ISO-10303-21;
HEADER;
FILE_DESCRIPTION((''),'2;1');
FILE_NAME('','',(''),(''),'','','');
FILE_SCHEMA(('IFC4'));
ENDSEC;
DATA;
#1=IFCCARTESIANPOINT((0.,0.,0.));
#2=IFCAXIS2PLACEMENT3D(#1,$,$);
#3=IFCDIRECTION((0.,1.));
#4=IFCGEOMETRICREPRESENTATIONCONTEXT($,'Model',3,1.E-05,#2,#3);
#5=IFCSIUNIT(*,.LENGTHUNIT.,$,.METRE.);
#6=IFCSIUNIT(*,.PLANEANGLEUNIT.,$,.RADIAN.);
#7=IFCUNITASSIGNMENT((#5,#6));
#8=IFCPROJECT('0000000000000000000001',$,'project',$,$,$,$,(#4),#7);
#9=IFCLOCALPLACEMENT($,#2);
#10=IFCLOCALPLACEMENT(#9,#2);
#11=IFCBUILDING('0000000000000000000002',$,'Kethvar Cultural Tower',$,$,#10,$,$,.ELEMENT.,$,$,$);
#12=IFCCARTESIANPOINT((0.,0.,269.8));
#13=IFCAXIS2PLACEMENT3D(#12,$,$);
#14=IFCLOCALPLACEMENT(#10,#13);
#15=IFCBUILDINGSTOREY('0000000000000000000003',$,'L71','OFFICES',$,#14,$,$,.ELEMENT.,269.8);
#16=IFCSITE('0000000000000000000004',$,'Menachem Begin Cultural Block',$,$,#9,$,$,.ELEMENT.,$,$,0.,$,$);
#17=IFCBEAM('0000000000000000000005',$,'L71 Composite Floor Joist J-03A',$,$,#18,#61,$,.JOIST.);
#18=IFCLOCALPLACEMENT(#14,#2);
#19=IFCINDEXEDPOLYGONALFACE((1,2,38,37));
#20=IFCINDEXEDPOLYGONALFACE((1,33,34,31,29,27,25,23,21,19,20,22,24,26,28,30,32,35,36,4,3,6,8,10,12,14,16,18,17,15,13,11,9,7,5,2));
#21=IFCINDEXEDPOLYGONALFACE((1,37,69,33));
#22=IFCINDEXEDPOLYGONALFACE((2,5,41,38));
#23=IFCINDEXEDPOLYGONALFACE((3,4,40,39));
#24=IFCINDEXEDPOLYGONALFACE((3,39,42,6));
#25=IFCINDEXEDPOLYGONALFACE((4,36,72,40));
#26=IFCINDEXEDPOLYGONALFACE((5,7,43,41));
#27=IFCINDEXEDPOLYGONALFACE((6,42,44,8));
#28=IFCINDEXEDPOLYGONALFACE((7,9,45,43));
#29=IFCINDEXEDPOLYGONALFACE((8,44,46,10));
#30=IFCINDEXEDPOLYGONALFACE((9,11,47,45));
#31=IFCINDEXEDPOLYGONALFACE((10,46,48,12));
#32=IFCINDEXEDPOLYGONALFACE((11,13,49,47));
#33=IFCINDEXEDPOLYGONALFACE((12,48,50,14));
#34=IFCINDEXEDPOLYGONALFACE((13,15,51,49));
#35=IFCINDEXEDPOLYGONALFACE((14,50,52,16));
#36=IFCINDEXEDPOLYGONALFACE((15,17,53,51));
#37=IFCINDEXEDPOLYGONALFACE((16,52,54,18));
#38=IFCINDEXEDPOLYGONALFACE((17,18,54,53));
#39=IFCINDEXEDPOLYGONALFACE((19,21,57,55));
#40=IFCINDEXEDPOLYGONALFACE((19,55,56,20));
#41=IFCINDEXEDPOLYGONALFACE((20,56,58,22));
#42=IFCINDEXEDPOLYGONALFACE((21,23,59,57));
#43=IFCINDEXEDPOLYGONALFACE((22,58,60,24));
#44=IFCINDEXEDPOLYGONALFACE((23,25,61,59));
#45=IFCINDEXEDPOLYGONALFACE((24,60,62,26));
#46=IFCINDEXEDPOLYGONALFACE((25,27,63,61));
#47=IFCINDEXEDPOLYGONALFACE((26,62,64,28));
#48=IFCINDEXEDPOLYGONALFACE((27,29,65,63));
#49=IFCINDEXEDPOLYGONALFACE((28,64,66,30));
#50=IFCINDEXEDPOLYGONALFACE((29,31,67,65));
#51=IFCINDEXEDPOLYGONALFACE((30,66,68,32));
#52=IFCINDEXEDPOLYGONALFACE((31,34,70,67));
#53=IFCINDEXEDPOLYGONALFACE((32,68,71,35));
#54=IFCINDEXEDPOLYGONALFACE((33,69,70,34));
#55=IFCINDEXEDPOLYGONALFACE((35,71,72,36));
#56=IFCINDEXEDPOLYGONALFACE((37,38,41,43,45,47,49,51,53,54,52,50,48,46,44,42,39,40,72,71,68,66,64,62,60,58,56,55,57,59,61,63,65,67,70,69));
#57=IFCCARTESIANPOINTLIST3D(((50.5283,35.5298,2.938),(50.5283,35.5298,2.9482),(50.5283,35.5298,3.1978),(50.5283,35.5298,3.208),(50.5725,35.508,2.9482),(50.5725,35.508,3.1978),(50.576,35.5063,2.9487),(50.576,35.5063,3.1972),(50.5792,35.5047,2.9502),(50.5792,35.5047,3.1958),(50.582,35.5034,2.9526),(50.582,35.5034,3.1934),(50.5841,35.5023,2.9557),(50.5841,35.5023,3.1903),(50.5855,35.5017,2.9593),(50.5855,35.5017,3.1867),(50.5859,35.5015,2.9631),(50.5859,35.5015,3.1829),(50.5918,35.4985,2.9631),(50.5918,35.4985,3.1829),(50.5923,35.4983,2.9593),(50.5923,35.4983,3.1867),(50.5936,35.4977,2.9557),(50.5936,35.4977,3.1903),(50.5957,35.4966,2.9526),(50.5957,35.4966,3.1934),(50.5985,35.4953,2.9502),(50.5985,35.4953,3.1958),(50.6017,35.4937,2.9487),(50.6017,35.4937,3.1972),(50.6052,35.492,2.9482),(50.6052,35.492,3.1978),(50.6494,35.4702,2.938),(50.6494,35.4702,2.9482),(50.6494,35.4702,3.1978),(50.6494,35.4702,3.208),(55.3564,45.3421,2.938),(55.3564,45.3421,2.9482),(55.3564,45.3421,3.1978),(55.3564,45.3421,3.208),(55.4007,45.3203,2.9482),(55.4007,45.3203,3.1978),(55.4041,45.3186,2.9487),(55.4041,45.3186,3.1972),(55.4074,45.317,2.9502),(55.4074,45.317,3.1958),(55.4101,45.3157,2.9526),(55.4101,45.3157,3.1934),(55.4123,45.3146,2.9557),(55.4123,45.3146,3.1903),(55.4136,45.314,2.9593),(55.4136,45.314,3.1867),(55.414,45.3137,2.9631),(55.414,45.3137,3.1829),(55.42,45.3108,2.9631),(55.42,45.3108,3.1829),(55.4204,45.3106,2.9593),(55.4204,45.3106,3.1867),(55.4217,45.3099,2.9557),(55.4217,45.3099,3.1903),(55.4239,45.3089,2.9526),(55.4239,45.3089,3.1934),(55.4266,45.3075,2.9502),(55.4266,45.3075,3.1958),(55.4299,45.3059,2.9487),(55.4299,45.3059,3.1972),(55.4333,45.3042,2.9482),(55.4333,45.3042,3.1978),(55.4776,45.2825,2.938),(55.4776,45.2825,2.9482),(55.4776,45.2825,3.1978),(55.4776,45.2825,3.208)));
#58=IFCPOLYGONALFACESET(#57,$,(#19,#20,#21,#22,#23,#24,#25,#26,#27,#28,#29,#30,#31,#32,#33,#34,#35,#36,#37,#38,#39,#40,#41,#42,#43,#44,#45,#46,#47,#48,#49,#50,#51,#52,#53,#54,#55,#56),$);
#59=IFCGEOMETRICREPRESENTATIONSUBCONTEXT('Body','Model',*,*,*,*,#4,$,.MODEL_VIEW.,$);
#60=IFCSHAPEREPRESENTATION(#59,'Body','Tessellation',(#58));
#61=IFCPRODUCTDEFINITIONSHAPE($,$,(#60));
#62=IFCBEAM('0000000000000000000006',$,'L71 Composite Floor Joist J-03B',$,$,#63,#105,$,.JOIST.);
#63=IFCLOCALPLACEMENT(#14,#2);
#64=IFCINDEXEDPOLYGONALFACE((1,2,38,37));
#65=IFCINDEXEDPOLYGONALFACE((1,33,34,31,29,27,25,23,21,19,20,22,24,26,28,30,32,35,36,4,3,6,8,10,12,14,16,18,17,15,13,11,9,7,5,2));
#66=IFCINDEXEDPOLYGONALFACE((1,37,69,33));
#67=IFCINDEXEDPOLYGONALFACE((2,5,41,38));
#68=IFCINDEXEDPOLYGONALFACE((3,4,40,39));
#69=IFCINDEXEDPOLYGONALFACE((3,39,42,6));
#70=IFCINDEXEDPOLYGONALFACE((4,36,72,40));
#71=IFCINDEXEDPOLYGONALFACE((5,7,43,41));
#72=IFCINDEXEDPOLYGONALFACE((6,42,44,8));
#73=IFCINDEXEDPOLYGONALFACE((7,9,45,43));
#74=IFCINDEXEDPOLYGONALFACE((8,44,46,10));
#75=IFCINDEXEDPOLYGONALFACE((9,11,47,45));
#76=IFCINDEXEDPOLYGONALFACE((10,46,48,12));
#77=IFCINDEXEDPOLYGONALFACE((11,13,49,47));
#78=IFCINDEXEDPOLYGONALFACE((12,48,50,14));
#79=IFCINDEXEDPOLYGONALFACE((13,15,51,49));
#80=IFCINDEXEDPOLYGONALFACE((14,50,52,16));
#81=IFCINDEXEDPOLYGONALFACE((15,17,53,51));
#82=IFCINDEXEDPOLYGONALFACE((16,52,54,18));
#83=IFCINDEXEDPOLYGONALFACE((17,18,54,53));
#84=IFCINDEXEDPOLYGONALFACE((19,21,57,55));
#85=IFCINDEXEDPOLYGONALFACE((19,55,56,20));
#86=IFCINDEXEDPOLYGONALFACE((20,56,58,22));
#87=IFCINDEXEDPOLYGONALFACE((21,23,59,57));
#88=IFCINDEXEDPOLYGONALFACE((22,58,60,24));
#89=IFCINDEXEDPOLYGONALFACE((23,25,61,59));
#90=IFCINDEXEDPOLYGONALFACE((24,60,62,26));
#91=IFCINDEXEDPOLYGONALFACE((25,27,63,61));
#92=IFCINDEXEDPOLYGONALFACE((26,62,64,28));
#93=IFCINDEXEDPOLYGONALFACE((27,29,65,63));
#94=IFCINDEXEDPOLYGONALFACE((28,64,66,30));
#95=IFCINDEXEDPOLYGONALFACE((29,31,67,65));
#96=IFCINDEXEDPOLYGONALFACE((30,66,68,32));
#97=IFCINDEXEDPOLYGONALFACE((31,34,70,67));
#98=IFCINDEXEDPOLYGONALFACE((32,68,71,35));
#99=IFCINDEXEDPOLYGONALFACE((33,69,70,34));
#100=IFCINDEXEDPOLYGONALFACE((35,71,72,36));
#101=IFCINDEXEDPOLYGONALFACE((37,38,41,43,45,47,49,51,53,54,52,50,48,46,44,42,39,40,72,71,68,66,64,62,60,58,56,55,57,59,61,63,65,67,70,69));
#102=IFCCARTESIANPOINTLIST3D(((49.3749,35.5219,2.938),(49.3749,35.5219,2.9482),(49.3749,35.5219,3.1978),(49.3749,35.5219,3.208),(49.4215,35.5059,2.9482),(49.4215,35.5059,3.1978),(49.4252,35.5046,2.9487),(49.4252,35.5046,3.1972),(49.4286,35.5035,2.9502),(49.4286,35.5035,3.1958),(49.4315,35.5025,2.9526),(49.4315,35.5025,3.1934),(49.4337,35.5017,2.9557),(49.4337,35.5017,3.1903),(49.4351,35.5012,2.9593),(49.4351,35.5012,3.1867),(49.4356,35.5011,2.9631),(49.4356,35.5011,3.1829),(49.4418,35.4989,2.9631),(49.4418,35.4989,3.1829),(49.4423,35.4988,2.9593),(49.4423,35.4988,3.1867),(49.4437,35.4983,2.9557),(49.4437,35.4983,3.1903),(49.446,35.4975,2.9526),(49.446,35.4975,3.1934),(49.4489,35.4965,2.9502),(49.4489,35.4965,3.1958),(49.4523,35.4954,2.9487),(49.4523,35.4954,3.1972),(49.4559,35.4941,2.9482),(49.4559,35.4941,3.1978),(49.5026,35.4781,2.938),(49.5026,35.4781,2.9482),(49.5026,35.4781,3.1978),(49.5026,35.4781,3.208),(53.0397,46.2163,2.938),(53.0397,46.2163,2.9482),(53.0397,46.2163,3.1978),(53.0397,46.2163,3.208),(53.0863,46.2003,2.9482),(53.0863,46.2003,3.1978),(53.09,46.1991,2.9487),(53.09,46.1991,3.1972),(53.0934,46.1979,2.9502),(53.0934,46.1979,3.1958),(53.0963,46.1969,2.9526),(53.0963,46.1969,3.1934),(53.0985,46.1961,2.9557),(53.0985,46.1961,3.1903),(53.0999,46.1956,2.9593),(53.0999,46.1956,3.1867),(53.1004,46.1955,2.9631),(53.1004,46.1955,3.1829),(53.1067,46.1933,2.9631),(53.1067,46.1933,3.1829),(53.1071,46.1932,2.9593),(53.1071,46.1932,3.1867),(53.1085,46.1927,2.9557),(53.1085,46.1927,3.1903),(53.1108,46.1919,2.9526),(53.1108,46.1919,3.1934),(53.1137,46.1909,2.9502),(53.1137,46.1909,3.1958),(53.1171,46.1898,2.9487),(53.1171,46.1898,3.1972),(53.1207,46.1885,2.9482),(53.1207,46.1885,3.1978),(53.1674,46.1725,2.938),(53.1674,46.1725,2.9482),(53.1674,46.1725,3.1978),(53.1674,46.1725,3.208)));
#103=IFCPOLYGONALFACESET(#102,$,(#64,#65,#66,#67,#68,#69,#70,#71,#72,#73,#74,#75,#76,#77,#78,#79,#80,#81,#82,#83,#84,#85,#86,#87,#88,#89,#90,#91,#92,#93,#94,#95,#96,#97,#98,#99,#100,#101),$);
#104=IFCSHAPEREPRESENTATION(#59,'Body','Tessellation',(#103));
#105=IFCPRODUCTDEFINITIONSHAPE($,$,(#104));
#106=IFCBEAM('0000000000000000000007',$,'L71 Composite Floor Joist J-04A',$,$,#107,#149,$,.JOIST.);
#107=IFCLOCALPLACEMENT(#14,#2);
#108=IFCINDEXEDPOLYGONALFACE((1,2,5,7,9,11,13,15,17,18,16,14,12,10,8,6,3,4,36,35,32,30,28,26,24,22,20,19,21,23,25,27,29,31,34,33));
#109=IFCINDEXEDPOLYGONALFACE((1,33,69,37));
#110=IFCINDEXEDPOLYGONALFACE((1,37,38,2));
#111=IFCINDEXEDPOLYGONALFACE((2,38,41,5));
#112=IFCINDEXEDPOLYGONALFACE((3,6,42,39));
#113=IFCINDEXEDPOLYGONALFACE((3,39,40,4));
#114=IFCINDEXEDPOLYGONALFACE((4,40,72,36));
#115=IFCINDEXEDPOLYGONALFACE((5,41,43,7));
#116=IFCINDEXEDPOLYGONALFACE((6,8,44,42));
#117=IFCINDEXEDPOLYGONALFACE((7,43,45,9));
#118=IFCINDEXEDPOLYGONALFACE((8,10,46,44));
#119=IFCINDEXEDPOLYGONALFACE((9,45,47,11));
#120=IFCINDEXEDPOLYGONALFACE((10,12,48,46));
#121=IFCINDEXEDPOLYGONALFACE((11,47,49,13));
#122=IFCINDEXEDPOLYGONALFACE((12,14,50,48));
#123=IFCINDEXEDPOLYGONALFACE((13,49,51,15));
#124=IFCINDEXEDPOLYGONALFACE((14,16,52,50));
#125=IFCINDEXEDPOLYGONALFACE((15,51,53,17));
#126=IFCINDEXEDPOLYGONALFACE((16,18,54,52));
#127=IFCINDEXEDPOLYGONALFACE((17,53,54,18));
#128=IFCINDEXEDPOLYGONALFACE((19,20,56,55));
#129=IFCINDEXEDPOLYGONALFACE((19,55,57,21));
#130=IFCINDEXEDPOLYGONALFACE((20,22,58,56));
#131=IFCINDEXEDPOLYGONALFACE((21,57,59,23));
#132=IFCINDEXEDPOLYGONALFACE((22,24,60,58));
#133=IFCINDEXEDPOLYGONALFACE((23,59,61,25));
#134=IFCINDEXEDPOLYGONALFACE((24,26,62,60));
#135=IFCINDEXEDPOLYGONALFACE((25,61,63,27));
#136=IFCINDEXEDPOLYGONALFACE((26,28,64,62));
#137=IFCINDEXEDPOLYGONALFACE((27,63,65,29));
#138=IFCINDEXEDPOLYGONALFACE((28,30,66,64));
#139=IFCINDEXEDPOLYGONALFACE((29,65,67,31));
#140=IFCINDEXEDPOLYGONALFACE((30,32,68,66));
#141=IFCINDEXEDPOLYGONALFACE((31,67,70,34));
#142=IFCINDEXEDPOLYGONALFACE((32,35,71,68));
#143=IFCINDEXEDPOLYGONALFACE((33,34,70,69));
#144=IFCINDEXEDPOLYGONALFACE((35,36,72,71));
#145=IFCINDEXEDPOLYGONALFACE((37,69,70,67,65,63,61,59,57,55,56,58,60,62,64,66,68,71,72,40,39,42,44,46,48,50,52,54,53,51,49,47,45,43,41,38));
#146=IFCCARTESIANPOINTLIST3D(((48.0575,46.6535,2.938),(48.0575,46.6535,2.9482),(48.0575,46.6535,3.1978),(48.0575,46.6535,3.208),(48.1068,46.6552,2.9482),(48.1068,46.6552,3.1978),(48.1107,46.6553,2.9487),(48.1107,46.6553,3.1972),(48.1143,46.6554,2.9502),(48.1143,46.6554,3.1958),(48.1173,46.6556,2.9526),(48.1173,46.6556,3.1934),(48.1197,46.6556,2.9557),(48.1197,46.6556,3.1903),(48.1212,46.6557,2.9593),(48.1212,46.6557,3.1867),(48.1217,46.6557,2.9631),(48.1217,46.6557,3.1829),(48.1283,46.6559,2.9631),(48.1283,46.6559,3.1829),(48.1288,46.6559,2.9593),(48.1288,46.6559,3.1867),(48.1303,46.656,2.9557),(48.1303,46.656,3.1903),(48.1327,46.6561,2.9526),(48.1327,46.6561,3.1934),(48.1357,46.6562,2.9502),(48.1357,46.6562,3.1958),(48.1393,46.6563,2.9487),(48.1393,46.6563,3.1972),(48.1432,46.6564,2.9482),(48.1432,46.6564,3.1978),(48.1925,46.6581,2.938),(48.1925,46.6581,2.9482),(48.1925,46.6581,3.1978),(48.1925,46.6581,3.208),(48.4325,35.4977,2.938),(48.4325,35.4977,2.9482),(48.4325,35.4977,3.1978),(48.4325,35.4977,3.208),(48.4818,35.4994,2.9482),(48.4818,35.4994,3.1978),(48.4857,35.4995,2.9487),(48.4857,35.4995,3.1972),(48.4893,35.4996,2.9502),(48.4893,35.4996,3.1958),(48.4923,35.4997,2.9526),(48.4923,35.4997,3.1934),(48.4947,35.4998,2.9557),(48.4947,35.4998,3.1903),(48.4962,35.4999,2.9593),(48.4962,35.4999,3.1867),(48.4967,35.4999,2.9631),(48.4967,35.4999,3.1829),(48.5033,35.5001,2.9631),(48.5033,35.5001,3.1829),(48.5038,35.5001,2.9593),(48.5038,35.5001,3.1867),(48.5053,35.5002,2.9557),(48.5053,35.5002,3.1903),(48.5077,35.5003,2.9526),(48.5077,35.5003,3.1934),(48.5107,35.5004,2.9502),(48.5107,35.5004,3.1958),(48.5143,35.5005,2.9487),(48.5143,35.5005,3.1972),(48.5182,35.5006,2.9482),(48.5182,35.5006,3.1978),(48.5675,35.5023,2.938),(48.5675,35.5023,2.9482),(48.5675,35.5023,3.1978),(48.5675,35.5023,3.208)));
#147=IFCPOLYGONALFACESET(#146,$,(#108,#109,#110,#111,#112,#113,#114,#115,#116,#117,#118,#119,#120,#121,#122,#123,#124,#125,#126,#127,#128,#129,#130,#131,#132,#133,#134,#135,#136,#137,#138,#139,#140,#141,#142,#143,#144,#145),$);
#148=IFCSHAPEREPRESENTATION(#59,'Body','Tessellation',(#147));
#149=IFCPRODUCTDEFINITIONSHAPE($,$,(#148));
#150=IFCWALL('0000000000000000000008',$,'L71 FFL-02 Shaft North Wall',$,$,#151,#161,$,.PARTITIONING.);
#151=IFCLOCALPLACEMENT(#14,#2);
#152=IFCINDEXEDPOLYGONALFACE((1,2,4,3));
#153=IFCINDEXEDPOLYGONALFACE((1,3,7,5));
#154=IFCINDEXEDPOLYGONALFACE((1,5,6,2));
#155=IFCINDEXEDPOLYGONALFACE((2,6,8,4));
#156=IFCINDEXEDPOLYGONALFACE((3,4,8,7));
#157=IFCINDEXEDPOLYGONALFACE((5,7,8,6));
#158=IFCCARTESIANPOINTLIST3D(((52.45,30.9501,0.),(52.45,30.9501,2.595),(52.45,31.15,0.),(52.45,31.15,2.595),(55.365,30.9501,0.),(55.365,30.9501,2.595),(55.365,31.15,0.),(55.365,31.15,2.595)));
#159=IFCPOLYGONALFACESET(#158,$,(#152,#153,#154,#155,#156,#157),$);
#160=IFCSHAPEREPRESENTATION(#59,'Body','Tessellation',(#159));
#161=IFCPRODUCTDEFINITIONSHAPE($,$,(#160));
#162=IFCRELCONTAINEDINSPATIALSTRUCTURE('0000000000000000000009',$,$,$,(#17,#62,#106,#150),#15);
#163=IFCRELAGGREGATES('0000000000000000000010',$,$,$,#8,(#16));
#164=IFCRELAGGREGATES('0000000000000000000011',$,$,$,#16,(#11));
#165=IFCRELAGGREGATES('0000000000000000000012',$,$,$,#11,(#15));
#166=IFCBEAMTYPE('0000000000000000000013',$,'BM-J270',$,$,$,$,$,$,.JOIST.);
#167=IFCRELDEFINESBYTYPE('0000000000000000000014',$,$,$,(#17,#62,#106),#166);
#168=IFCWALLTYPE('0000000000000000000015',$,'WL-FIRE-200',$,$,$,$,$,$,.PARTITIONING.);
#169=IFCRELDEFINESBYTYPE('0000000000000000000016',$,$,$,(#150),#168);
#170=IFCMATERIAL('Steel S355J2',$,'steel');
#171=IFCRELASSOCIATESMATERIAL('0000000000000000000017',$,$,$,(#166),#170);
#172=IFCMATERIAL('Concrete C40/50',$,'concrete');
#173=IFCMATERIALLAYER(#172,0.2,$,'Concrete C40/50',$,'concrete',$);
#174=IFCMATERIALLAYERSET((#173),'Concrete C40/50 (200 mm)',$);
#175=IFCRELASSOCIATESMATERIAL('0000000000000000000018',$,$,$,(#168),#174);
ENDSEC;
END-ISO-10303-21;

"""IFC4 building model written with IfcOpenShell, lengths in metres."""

from ifc_helpers import new_model, si_unit, direction, frame, frame_2d, origin, origin_2d, place, context, subcontext, project, spatial, rectangle, i_section, extrude, source, transform, mapped, material, layer, layer_set, material_profile, profile_set, type_object, element, save


model = new_model("IFC4")

# Units and contexts
model_context = context("Model", 3, precision=1e-05, world=origin(), true_north=direction((0.0, 1.0)))
body_context = subcontext(model_context, "Body", "Model", "MODEL_VIEW")
ifc_project = project(units=[si_unit("LENGTHUNIT", "METRE"), si_unit("PLANEANGLEUNIT", "RADIAN")], contexts=[model_context])

# Site, building, storey
site_placement = place(None, origin())
site = spatial("IfcSite", under=ifc_project, at=site_placement, Name="Menachem Begin Cultural Block", CompositionType="ELEMENT", RefElevation=0.0)
building_placement = place(site_placement, origin())
building = spatial("IfcBuilding", under=site, at=building_placement, Name="Kethvar Cultural Tower", CompositionType="ELEMENT")
storey_placement = place(building_placement, frame((0.0, 0.0, 269.8)))
storey = spatial("IfcBuildingStorey", under=building, at=storey_placement, Name="L71", Description="OFFICES", CompositionType="ELEMENT", Elevation=269.8)

# Beams
ifc_material_1 = material(Name="Steel S355J2", Category="steel")
ifc_material_profile_1 = material_profile(ifc_material_1, i_section(OverallWidth=0.135, OverallDepth=0.27, WebThickness=0.0066, FlangeThickness=0.0103, FilletRadius=0.0149, at=origin_2d()), Name="Steel S355J2 — IPE270")
ifc_profile_set_1 = profile_set([ifc_material_profile_1], Name="Steel S355J2 — IPE270")
beam_type_1 = type_object("IfcBeamType", Name="BM-J270", PredefinedType="JOIST", material=ifc_profile_set_1)
shared_shape_1 = source(origin(), body_context, "Body", "SweptSolid", [
    extrude(i_section(OverallWidth=0.135, OverallDepth=0.27, WebThickness=0.0066, FlangeThickness=0.0103, FilletRadius=0.0149, at=origin_2d()), origin(), (0.0, 0.0, 1.0), 10.9358),
])
beam_1_placement = place(storey_placement, frame((50.5889, 35.5, 3.073), z_axis=(0.441498, 0.897262, 0.0), x_axis=(-0.897262, 0.441498, 0.0)))
element("IfcBeam", 1, at=beam_1_placement, inside=storey, type_object=beam_type_1, Name="L71 Composite Floor Joist J-03A", PredefinedType="JOIST", context=body_context, shape_type="MappedRepresentation", body=[
    mapped(shared_shape_1, transform((0.0, 0.0, 0.0), scale=1.0)),
])
shared_shape_2 = source(origin(), body_context, "Body", "SweptSolid", [
    extrude(i_section(OverallWidth=0.135, OverallDepth=0.27, WebThickness=0.0066, FlangeThickness=0.0103, FilletRadius=0.0149, at=origin_2d()), origin(), (0.0, 0.0, 1.0), 11.3049),
])
beam_2_placement = place(storey_placement, frame((49.4387, 35.5, 3.073), z_axis=(0.324179, 0.945996, 0.0), x_axis=(-0.945996, 0.324179, 0.0)))
element("IfcBeam", 2, at=beam_2_placement, inside=storey, type_object=beam_type_1, Name="L71 Composite Floor Joist J-03B", PredefinedType="JOIST", context=body_context, shape_type="MappedRepresentation", body=[
    mapped(shared_shape_2, transform((0.0, 0.0, 0.0), scale=1.0)),
])
shared_shape_3 = source(origin(), body_context, "Body", "SweptSolid", [
    extrude(i_section(OverallWidth=0.135, OverallDepth=0.27, WebThickness=0.0066, FlangeThickness=0.0103, FilletRadius=0.0149, at=origin_2d()), origin(), (0.0, 0.0, 1.0), 11.1621),
])
beam_3_placement = place(storey_placement, frame((48.5, 35.5, 3.073), z_axis=(-0.033596, 0.999435, 0.0), x_axis=(-0.999435, -0.033596, 0.0)))
element("IfcBeam", 3, at=beam_3_placement, inside=storey, type_object=beam_type_1, Name="L71 Composite Floor Joist J-04A", PredefinedType="JOIST", context=body_context, shape_type="MappedRepresentation", body=[
    mapped(shared_shape_3, transform((0.0, 0.0, 0.0), scale=1.0)),
])

# Wall
ifc_material_2 = material(Name="Concrete C40/50", Category="concrete")
ifc_layer_1 = layer(ifc_material_2, 0.2, Name="Concrete C40/50", Category="concrete")
ifc_layer_set_1 = layer_set([ifc_layer_1], Name="Concrete C40/50 (200 mm)")
wall_type_1 = type_object("IfcWallType", Name="WL-FIRE-200", PredefinedType="PARTITIONING", material=ifc_layer_set_1)
wall_1_placement = place(storey_placement, frame((52.45, 31.05, 0.0), z_axis=(0.0, 0.0, 1.0), x_axis=(1.0, 0.0, 0.0)))
element("IfcWall", 4, at=wall_1_placement, inside=storey, type_object=wall_type_1, Name="L71 FFL-02 Shaft North Wall", PredefinedType="PARTITIONING", context=body_context, shape_type="SweptSolid", body=[
    extrude(rectangle(XDim=2.915, YDim=0.2, at=frame_2d((1.4575, 0.0))), origin(), (0.0, 0.0, 1.0), 2.595),
])

save(model, "model.ifc")
